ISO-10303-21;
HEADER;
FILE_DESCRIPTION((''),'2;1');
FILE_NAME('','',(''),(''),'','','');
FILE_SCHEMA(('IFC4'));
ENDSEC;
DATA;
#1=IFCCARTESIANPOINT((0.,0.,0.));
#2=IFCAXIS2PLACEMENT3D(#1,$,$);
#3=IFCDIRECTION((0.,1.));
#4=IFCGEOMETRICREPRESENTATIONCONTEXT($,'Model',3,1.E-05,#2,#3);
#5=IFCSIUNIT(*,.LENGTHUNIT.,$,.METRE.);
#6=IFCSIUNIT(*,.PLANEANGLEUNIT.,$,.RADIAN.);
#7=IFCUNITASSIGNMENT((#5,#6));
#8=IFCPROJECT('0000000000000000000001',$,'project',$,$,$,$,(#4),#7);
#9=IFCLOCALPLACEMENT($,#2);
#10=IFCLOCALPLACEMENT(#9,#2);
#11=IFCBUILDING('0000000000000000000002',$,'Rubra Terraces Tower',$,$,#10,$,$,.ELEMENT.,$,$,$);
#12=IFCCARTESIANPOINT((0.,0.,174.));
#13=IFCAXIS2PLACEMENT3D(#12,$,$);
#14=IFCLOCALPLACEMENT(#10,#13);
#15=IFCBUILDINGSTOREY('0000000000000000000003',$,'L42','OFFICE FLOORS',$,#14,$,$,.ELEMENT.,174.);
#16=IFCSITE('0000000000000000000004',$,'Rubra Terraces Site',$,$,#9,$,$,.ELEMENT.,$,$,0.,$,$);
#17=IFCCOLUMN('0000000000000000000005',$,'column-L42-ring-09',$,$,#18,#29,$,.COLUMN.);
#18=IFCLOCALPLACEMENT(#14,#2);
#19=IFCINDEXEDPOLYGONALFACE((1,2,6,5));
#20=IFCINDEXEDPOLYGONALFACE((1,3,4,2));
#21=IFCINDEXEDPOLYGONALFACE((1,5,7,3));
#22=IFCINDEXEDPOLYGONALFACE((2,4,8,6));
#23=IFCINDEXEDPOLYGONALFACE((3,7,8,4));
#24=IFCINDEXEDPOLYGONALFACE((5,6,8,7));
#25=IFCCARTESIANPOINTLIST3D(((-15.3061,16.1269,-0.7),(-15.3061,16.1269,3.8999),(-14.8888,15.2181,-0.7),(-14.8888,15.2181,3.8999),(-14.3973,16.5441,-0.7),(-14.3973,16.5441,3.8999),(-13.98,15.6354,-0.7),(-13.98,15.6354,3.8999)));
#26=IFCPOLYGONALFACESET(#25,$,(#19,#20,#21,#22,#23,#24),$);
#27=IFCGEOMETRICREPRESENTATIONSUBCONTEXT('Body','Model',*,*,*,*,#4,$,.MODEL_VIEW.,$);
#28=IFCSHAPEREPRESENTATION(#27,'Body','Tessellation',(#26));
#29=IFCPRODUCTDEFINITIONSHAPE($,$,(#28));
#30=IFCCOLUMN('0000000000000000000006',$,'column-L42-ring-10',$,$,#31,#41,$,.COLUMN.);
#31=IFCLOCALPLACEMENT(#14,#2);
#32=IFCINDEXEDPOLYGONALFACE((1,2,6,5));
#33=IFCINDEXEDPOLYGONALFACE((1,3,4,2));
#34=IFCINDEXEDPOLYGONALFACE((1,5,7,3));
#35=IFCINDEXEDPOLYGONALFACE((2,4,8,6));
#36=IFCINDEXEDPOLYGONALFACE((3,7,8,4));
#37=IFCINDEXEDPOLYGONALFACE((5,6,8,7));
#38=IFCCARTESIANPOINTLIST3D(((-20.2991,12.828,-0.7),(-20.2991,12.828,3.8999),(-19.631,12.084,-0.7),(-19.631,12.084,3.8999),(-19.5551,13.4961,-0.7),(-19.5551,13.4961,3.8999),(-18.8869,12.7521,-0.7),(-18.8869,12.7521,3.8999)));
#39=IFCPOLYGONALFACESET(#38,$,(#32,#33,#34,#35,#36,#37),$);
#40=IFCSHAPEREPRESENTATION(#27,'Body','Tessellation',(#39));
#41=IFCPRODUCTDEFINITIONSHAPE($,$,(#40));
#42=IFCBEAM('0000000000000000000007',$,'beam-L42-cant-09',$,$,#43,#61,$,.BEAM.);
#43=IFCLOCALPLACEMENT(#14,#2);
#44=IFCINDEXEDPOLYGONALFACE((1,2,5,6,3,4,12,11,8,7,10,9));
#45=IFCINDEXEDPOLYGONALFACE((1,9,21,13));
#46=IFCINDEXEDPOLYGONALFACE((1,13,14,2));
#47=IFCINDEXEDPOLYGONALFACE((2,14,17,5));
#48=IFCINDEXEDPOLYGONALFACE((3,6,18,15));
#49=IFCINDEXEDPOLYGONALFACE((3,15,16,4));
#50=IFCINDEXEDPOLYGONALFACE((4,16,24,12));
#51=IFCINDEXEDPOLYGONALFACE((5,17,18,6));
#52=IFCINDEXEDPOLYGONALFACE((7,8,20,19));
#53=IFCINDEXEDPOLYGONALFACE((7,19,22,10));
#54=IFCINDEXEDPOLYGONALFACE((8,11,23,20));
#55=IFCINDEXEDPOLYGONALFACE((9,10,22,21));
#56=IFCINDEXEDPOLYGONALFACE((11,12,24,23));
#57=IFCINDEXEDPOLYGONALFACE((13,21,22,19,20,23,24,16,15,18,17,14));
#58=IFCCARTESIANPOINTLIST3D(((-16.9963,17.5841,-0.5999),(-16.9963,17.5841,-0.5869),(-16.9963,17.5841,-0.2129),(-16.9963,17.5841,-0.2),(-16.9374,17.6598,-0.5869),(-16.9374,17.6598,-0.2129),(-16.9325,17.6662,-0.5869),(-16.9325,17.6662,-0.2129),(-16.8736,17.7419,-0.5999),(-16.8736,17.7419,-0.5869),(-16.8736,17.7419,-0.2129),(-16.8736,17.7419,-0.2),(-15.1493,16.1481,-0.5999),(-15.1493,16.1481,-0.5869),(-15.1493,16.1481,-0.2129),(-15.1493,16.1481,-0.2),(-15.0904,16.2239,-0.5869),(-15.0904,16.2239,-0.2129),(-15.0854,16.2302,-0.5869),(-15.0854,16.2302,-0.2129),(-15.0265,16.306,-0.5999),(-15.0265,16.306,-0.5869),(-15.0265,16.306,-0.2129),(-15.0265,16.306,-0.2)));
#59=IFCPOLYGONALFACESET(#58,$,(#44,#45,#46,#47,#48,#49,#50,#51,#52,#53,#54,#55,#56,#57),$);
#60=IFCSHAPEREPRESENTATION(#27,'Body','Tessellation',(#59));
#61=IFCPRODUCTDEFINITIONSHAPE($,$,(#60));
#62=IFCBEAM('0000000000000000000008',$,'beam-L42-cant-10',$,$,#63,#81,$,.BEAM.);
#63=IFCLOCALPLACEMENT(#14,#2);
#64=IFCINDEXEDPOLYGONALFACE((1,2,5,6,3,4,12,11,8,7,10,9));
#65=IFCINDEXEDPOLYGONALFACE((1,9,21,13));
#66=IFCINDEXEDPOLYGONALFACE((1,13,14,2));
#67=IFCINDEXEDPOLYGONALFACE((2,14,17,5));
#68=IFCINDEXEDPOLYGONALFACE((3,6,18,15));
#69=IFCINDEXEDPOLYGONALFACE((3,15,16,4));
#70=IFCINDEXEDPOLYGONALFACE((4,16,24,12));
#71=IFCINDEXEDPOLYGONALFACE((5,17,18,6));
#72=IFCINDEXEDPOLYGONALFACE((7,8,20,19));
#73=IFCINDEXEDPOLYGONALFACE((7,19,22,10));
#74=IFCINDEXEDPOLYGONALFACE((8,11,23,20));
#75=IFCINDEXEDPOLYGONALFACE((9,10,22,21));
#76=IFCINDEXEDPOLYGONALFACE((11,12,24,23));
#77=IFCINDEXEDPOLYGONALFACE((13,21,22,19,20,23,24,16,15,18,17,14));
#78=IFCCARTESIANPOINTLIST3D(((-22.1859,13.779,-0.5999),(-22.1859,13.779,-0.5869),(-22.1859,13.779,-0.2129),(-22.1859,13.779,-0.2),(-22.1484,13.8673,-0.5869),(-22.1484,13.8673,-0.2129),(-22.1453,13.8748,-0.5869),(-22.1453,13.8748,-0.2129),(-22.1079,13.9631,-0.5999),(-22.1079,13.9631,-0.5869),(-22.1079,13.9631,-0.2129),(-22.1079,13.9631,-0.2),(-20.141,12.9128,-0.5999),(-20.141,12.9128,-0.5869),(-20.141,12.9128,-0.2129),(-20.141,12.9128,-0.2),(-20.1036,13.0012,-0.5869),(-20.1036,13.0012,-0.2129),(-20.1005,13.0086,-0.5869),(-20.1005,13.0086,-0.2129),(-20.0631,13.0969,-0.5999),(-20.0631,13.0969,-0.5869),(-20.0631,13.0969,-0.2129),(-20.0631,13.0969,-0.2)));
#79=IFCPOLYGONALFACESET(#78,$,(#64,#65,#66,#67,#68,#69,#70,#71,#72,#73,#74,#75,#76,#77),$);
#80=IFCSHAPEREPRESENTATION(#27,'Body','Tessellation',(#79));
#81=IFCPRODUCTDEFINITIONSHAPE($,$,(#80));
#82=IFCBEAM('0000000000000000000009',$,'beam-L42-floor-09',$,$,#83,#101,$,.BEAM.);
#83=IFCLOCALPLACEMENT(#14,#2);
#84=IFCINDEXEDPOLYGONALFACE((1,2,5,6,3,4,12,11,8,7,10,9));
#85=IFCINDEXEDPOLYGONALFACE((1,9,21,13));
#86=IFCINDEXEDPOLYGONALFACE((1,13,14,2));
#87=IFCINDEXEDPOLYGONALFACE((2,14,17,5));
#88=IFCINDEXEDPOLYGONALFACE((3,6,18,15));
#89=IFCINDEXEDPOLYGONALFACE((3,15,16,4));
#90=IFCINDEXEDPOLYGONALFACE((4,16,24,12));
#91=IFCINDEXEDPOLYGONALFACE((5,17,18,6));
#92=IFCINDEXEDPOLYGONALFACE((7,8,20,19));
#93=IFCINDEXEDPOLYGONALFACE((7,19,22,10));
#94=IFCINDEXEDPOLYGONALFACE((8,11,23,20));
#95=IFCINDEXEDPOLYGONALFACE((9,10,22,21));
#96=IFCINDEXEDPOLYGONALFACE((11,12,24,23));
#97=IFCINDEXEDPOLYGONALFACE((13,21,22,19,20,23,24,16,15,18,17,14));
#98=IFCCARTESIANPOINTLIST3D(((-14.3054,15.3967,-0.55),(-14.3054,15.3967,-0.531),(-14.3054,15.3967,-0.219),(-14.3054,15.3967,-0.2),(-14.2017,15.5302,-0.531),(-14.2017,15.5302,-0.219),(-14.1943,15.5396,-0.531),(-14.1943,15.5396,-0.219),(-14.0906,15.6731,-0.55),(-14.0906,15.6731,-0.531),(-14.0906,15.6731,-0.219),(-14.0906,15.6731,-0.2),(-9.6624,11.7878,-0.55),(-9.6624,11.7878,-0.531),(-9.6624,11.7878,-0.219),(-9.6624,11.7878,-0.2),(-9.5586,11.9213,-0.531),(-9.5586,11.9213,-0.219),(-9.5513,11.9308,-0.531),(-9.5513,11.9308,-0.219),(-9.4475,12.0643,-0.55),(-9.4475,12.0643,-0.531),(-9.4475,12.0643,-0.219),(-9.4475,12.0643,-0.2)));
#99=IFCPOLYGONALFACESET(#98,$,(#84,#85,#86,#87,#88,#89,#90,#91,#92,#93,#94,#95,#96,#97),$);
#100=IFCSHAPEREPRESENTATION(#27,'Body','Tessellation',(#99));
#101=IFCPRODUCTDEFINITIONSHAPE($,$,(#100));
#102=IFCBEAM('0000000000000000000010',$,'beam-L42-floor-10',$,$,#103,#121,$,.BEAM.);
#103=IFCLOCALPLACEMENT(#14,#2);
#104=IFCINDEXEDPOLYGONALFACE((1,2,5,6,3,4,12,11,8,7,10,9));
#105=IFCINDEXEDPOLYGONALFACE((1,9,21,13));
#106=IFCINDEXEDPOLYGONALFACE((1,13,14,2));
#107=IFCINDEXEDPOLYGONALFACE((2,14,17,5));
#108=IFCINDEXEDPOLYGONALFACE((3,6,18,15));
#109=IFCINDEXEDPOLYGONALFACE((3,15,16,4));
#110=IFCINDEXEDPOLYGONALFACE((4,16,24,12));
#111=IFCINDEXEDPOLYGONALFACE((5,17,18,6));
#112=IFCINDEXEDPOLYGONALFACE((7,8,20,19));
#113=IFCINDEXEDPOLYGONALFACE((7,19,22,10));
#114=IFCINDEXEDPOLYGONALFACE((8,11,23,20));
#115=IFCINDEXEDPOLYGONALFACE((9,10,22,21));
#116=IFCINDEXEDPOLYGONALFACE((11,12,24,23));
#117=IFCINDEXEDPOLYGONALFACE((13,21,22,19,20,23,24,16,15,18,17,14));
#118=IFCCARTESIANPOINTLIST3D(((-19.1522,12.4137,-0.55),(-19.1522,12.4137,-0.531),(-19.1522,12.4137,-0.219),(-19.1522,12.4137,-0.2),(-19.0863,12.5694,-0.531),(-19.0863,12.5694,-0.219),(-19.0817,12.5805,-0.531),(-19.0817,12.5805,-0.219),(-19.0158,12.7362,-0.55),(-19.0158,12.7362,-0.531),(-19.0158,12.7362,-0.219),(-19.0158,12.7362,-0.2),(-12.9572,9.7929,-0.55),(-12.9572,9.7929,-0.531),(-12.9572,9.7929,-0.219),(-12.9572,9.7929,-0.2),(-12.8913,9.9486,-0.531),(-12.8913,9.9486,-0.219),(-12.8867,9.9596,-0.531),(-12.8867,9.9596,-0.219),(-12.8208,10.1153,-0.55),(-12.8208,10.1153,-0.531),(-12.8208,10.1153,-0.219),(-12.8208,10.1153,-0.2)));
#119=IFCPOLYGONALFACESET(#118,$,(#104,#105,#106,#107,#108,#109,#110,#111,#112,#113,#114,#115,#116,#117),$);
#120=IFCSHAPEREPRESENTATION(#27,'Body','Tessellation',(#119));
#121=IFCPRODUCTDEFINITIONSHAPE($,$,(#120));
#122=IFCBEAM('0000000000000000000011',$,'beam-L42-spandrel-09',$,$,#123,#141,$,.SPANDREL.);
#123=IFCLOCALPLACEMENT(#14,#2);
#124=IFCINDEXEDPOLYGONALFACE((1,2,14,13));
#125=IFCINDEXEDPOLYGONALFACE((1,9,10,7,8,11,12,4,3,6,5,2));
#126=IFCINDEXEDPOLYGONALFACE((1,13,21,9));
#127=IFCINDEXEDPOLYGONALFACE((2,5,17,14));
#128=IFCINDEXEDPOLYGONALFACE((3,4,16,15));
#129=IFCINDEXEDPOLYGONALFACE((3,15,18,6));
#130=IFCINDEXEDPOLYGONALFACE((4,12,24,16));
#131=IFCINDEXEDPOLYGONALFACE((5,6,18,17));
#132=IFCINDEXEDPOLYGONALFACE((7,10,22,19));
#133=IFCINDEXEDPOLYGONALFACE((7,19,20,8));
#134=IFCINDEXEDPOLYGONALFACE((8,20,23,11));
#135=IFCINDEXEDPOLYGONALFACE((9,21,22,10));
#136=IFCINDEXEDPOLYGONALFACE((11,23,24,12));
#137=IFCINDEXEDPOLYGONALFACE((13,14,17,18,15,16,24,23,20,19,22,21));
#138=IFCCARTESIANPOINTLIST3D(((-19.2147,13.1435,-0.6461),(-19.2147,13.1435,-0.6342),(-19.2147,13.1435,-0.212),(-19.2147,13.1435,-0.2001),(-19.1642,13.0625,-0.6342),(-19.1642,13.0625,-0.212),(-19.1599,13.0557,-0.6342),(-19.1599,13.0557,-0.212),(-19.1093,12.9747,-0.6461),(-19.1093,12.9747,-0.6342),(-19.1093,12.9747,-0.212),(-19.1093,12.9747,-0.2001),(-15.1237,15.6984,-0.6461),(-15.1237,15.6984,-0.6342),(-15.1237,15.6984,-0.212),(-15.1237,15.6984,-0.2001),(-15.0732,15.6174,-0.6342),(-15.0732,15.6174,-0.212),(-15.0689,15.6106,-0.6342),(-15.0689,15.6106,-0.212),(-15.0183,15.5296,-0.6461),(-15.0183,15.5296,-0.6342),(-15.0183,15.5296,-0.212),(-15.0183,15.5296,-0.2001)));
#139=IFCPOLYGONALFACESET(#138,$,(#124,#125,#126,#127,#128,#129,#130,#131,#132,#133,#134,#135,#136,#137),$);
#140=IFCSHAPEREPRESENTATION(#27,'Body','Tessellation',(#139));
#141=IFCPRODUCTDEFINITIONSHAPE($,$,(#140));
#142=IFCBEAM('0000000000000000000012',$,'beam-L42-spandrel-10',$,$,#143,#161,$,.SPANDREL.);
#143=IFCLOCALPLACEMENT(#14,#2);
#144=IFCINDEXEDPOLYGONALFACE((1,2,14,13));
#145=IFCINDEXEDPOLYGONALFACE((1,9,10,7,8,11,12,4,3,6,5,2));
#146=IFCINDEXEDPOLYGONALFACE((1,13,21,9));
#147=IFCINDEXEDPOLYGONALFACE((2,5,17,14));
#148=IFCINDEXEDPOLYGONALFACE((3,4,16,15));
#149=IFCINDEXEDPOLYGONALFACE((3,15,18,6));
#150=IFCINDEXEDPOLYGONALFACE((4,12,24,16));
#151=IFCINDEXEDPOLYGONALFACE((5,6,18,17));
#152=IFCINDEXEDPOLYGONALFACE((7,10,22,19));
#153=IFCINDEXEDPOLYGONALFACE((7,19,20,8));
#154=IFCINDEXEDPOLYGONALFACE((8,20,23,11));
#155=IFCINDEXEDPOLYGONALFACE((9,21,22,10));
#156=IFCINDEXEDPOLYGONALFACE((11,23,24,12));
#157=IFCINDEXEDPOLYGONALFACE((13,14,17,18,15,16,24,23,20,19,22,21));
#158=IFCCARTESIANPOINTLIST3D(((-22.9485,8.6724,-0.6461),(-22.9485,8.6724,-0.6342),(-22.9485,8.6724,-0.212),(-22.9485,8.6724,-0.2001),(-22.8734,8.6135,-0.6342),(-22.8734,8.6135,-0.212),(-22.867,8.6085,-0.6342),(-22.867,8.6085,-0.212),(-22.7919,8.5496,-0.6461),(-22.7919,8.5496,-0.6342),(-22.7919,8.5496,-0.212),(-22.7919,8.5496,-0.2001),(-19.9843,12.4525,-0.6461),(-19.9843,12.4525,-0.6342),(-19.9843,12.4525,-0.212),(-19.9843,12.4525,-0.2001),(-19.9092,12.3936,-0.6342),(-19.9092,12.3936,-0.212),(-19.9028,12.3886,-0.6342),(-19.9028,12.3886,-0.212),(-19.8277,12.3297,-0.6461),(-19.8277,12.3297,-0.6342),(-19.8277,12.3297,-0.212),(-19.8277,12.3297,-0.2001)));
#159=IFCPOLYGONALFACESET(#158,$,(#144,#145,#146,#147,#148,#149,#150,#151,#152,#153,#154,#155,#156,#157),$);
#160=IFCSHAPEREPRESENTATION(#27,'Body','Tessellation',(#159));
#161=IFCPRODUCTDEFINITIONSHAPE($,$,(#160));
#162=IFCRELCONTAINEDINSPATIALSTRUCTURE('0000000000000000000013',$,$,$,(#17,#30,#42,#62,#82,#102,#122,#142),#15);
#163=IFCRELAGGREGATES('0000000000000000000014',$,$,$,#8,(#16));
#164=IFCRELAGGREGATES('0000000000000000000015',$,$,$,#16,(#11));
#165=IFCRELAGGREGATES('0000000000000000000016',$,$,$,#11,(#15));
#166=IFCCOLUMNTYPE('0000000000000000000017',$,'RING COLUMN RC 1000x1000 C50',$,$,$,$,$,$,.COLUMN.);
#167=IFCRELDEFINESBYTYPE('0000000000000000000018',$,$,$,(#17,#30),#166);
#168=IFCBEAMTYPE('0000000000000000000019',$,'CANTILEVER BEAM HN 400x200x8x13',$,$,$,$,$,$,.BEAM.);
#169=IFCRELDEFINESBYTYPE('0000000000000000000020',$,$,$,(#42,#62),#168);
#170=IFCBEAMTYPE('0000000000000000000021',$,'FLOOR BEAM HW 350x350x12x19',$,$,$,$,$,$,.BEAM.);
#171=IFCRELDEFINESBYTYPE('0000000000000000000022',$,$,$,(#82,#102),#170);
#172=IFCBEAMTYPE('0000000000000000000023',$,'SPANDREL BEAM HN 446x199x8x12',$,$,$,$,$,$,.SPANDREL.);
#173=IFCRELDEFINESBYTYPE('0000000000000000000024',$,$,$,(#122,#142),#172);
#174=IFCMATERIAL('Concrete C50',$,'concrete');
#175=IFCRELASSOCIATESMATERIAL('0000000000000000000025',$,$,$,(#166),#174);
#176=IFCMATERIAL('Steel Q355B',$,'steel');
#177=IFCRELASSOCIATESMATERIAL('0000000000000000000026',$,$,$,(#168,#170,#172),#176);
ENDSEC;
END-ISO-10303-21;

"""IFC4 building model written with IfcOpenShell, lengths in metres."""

from ifc_helpers import new_model, si_unit, direction, frame, origin, origin_2d, place, context, subcontext, project, spatial, rectangle, i_section, extrude, material, material_profile, profile_set, type_object, element, save


model = new_model("IFC4")

# Units and contexts
model_context = context("Model", 3, precision=1e-05, world=origin(), true_north=direction((0.0, 1.0)))
body_context = subcontext(model_context, "Body", "Model", "MODEL_VIEW")
ifc_project = project(units=[si_unit("LENGTHUNIT", "METRE"), si_unit("PLANEANGLEUNIT", "RADIAN")], contexts=[model_context])

# Site, building, storey
site_placement = place(None, origin())
site = spatial("IfcSite", under=ifc_project, at=site_placement, Name="Rubra Terraces Site", CompositionType="ELEMENT", RefElevation=0.0)
building_placement = place(site_placement, origin())
building = spatial("IfcBuilding", under=site, at=building_placement, Name="Rubra Terraces Tower", CompositionType="ELEMENT")
storey_placement = place(building_placement, frame((0.0, 0.0, 174.0)))
storey = spatial("IfcBuildingStorey", under=building, at=storey_placement, Name="L42", Description="OFFICE FLOORS", CompositionType="ELEMENT", Elevation=174.0)

# Columns
ifc_material_1 = material(Name="Concrete C50", Category="concrete")
ifc_material_profile_1 = material_profile(ifc_material_1, rectangle(XDim=1.0, YDim=1.0, at=origin_2d()), Name="RC 1000x1000")
ifc_profile_set_1 = profile_set([ifc_material_profile_1], Name="Concrete C50")
column_type = type_object("IfcColumnType", Name="RING COLUMN RC 1000x1000 C50", PredefinedType="COLUMN", material=ifc_profile_set_1)
for number, where, z_axis, x_axis, name in (
    (1, (-14.6431, 15.8811, -0.7), (0.0, 0.0, 1.0), (-0.908779, -0.417279, 0.0), "column-L42-ring-09"),
    (2, (-19.593, 12.79, -0.7), (0.0, 0.0, 1.0), (-0.744021, -0.668156, 0.0), "column-L42-ring-10"),
):
    element("IfcColumn", number, at=place(storey_placement, frame(where, z_axis=z_axis, x_axis=x_axis)), inside=storey, type_object=column_type, Name=name, PredefinedType="COLUMN", context=body_context, shape_type="SweptSolid", body=[
        extrude(rectangle(XDim=1.0, YDim=1.0, at=origin_2d()), origin(), (0.0, 0.0, 1.0), 4.5999),
    ])

# Beams
ifc_material_2 = material(Name="Steel Q355B", Category="steel")
ifc_material_profile_2 = material_profile(ifc_material_2, i_section(OverallWidth=0.2, OverallDepth=0.3999, WebThickness=0.0081, FlangeThickness=0.0129, at=origin_2d()), Name="HN 400x200x8x13")
ifc_profile_set_2 = profile_set([ifc_material_profile_2], Name="Steel Q355B")
beam_type_1 = type_object("IfcBeamType", Name="CANTILEVER BEAM HN 400x200x8x13", PredefinedType="BEAM", material=ifc_profile_set_2)
beam_1_placement = place(storey_placement, frame((-15.0879, 16.2271, -0.3999), z_axis=(-0.789487, 0.613767, 0.0), x_axis=(-0.613767, -0.789487, 0.0)))
element("IfcBeam", 3, at=beam_1_placement, inside=storey, type_object=beam_type_1, Name="beam-L42-cant-09", PredefinedType="BEAM", context=body_context, shape_type="SweptSolid", body=[
    extrude(i_section(OverallWidth=0.2, OverallDepth=0.3999, WebThickness=0.0081, FlangeThickness=0.0129, at=origin_2d()), origin(), (0.0, 0.0, 1.0), 2.3396),
])
beam_2_placement = place(storey_placement, frame((-20.1021, 13.0049, -0.3999), z_axis=(-0.920797, 0.390042, 0.0), x_axis=(-0.390042, -0.920797, 0.0)))
element("IfcBeam", 4, at=beam_2_placement, inside=storey, type_object=beam_type_1, Name="beam-L42-cant-10", PredefinedType="BEAM", context=body_context, shape_type="SweptSolid", body=[
    extrude(i_section(OverallWidth=0.2, OverallDepth=0.3999, WebThickness=0.0081, FlangeThickness=0.0129, at=origin_2d()), origin(), (0.0, 0.0, 1.0), 2.2207),
])
ifc_material_profile_3 = material_profile(ifc_material_2, i_section(OverallWidth=0.3501, OverallDepth=0.3501, WebThickness=0.012, FlangeThickness=0.019, at=origin_2d()), Name="HW 350x350x12x19")
ifc_profile_set_3 = profile_set([ifc_material_profile_3], Name="Steel Q355B")
beam_type_2 = type_object("IfcBeamType", Name="FLOOR BEAM HW 350x350x12x19", PredefinedType="BEAM", material=ifc_profile_set_3)
beam_3_placement = place(storey_placement, frame((-14.198, 15.5349, -0.375), z_axis=(0.789549, -0.613688, 0.0), x_axis=(0.613688, 0.789549, 0.0)))
element("IfcBeam", 5, at=beam_3_placement, inside=storey, type_object=beam_type_2, Name="beam-L42-floor-09", PredefinedType="BEAM", context=body_context, shape_type="SweptSolid", body=[
    extrude(i_section(OverallWidth=0.3501, OverallDepth=0.3501, WebThickness=0.012, FlangeThickness=0.019, at=origin_2d()), origin(), (0.0, 0.0, 1.0), 5.8806),
])
beam_4_placement = place(storey_placement, frame((-19.084, 12.575, -0.375), z_axis=(0.920975, -0.389622, 0.0), x_axis=(0.389622, 0.920975, 0.0)))
element("IfcBeam", 6, at=beam_4_placement, inside=storey, type_object=beam_type_2, Name="beam-L42-floor-10", PredefinedType="BEAM", context=body_context, shape_type="SweptSolid", body=[
    extrude(i_section(OverallWidth=0.3501, OverallDepth=0.3501, WebThickness=0.012, FlangeThickness=0.019, at=origin_2d()), origin(), (0.0, 0.0, 1.0), 6.7266),
])
ifc_material_profile_4 = material_profile(ifc_material_2, i_section(OverallWidth=0.199, OverallDepth=0.446, WebThickness=0.0081, FlangeThickness=0.012, at=origin_2d()), Name="HN 446x199x8x12")
ifc_profile_set_4 = profile_set([ifc_material_profile_4], Name="Steel Q355B")
beam_type_3 = type_object("IfcBeamType", Name="SPANDREL BEAM HN 446x199x8x12", PredefinedType="SPANDREL", material=ifc_profile_set_4)
beam_5_placement = place(storey_placement, frame((-15.071, 15.614, -0.4231), z_axis=(-0.848183, -0.529703, 0.0), x_axis=(0.529703, -0.848183, 0.0)))
element("IfcBeam", 7, at=beam_5_placement, inside=storey, type_object=beam_type_3, Name="beam-L42-spandrel-09", PredefinedType="SPANDREL", context=body_context, shape_type="SweptSolid", body=[
    extrude(i_section(OverallWidth=0.199, OverallDepth=0.446, WebThickness=0.0081, FlangeThickness=0.012, at=origin_2d()), origin(), (0.0, 0.0, 1.0), 4.8232),
])
beam_6_placement = place(storey_placement, frame((-19.906, 12.3911, -0.4231), z_axis=(-0.61706, -0.786916, 0.0), x_axis=(0.786916, -0.61706, 0.0)))
element("IfcBeam", 8, at=beam_6_placement, inside=storey, type_object=beam_type_3, Name="beam-L42-spandrel-10", PredefinedType="SPANDREL", context=body_context, shape_type="SweptSolid", body=[
    extrude(i_section(OverallWidth=0.199, OverallDepth=0.446, WebThickness=0.0081, FlangeThickness=0.012, at=origin_2d()), origin(), (0.0, 0.0, 1.0), 4.8037),
])

save(model, "model.ifc")
